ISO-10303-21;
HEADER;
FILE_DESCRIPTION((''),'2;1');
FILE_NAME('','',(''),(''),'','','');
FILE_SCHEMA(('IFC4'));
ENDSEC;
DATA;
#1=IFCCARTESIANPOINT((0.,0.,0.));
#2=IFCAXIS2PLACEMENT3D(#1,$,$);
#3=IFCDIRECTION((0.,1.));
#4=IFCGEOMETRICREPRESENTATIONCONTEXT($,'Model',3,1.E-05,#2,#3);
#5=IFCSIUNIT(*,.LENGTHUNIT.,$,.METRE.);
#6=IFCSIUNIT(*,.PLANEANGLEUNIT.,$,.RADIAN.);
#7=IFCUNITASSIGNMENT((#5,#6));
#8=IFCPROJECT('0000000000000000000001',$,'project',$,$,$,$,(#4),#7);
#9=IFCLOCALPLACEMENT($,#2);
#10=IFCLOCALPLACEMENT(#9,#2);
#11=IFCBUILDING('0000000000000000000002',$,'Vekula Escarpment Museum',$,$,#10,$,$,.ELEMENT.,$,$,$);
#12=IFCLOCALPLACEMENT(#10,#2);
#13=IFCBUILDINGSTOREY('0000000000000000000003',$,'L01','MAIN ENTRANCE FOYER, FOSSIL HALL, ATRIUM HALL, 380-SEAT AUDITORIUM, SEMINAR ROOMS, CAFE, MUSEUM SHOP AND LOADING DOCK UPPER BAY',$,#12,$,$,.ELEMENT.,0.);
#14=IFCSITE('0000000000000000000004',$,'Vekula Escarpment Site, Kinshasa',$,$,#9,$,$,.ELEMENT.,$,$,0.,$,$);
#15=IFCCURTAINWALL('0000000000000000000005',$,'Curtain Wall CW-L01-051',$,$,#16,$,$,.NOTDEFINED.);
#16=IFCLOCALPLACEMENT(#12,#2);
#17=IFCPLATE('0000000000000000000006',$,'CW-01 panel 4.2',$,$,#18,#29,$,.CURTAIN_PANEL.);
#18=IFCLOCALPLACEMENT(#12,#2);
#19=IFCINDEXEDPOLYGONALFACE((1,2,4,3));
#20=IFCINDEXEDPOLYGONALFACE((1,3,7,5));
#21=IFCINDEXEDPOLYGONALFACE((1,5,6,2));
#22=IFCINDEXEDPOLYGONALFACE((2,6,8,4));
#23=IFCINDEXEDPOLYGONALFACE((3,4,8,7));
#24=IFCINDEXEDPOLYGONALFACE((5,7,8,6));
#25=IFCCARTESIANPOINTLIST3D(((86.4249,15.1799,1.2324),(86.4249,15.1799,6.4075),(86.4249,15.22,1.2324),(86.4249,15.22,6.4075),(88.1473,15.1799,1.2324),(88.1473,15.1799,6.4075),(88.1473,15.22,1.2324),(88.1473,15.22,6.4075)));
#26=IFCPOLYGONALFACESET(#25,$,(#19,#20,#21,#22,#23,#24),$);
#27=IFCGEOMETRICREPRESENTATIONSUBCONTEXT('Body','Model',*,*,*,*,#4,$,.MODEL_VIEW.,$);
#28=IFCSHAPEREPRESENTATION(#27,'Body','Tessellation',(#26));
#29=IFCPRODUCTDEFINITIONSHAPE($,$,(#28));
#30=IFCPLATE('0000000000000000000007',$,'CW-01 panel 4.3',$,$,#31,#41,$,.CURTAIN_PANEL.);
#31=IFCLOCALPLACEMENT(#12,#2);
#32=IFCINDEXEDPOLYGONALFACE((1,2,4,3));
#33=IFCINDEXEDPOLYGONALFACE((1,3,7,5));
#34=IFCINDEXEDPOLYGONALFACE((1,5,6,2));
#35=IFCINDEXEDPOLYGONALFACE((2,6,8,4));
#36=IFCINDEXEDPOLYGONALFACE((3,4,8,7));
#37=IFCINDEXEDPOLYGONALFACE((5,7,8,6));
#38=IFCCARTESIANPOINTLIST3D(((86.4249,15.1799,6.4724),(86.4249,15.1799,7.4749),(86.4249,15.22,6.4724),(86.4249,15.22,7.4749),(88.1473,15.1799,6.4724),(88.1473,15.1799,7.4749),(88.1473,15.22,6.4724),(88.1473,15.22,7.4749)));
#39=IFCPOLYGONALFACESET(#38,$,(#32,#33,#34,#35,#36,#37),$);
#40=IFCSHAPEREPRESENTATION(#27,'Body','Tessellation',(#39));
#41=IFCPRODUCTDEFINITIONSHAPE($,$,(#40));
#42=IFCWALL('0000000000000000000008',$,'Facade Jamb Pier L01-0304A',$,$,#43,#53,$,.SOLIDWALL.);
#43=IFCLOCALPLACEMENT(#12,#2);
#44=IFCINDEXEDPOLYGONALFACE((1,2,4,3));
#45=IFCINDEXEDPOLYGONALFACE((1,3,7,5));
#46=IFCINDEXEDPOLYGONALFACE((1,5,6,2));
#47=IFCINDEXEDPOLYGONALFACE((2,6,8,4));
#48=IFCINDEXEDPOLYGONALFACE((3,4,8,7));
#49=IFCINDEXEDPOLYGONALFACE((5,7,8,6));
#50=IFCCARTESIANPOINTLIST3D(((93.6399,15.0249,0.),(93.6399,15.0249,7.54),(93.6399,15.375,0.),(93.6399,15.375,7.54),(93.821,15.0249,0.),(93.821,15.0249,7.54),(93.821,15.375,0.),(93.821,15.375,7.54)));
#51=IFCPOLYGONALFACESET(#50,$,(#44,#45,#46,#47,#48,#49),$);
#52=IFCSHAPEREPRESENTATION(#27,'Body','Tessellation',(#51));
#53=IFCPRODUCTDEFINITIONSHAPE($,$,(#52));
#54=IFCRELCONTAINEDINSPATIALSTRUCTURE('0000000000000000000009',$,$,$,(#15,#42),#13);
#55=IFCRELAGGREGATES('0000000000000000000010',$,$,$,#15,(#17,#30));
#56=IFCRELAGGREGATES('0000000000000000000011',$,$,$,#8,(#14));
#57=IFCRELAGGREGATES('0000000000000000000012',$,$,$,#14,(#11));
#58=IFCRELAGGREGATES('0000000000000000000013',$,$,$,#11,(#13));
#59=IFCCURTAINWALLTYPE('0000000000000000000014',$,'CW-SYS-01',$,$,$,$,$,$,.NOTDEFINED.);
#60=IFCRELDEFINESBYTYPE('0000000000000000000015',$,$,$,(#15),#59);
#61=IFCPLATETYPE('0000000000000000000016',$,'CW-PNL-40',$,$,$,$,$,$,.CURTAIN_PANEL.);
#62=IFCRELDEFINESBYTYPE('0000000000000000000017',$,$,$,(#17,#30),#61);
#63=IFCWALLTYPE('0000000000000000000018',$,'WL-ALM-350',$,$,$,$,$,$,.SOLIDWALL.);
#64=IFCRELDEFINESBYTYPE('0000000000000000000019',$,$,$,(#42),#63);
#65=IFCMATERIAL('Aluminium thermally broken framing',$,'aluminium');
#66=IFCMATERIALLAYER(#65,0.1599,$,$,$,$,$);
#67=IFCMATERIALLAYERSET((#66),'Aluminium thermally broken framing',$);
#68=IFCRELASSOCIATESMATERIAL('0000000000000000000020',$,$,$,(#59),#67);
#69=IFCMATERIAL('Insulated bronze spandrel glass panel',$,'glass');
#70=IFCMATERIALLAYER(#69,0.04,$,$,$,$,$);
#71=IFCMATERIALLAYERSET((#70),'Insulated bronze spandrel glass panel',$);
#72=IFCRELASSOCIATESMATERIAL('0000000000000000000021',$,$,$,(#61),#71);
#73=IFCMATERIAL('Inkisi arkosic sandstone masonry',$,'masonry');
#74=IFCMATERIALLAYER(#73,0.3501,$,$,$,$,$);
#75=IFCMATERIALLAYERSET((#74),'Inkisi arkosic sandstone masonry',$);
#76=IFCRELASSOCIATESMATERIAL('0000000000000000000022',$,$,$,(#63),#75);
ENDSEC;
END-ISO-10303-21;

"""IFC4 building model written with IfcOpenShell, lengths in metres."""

from ifc_helpers import new_model, si_unit, direction, frame, frame_2d, origin, origin_2d, place, context, subcontext, project, spatial, rectangle, extrude, material, layer, layer_set, type_object, element, aggregate, save


model = new_model("IFC4")

# Units and contexts
model_context = context("Model", 3, precision=1e-05, world=origin(), true_north=direction((0.0, 1.0)))
body_context = subcontext(model_context, "Body", "Model", "MODEL_VIEW")
ifc_project = project(units=[si_unit("LENGTHUNIT", "METRE"), si_unit("PLANEANGLEUNIT", "RADIAN")], contexts=[model_context])

# Site, building, storey
site_placement = place(None, origin())
site = spatial("IfcSite", under=ifc_project, at=site_placement, Name="Vekula Escarpment Site, Kinshasa", CompositionType="ELEMENT", RefElevation=0.0)
building_placement = place(site_placement, origin())
building = spatial("IfcBuilding", under=site, at=building_placement, Name="Vekula Escarpment Museum", CompositionType="ELEMENT")
storey_placement = place(building_placement, origin())
storey = spatial("IfcBuildingStorey", under=building, at=storey_placement, Name="L01", Description="MAIN ENTRANCE FOYER, FOSSIL HALL, ATRIUM HALL, 380-SEAT AUDITORIUM, SEMINAR ROOMS, CAFE, MUSEUM SHOP AND LOADING DOCK UPPER BAY", CompositionType="ELEMENT", Elevation=0.0)

# Curtain wall, plates
ifc_material_1 = material(Name="Aluminium thermally broken framing", Category="aluminium")
ifc_layer_1 = layer(ifc_material_1, 0.1599)
ifc_layer_set_1 = layer_set([ifc_layer_1], Name="Aluminium thermally broken framing")
curtain_wall_type = type_object("IfcCurtainWallType", Name="CW-SYS-01", PredefinedType="NOTDEFINED", material=ifc_layer_set_1)
curtain_wall_placement = place(storey_placement, origin())
curtain_wall = element("IfcCurtainWall", 1, at=curtain_wall_placement, inside=storey, type_object=curtain_wall_type, Name="Curtain Wall CW-L01-051", PredefinedType="NOTDEFINED")
ifc_material_2 = material(Name="Insulated bronze spandrel glass panel", Category="glass")
ifc_layer_2 = layer(ifc_material_2, 0.04)
ifc_layer_set_2 = layer_set([ifc_layer_2], Name="Insulated bronze spandrel glass panel")
plate_type = type_object("IfcPlateType", Name="CW-PNL-40", PredefinedType="CURTAIN_PANEL", material=ifc_layer_set_2)
plate_1_placement = place(storey_placement, frame((87.2861, 15.2, 1.2324), z_axis=(0.0, 0.0, 1.0), x_axis=(-1.0, 0.0, 0.0)))
plate_1 = element("IfcPlate", 2, at=plate_1_placement, type_object=plate_type, Name="CW-01 panel 4.2", PredefinedType="CURTAIN_PANEL", context=body_context, shape_type="SweptSolid", body=[
    extrude(rectangle(XDim=1.7224, YDim=0.04, at=origin_2d()), origin(), (0.0, 0.0, 1.0), 5.175),
])
plate_2_placement = place(storey_placement, frame((87.2861, 15.2, 6.4724), z_axis=(0.0, 0.0, 1.0), x_axis=(-1.0, 0.0, 0.0)))
plate_2 = element("IfcPlate", 3, at=plate_2_placement, type_object=plate_type, Name="CW-01 panel 4.3", PredefinedType="CURTAIN_PANEL", context=body_context, shape_type="SweptSolid", body=[
    extrude(rectangle(XDim=1.7224, YDim=0.04, at=origin_2d()), origin(), (0.0, 0.0, 1.0), 1.0024),
])
aggregate(curtain_wall, [plate_1, plate_2])

# Wall
ifc_material_3 = material(Name="Inkisi arkosic sandstone masonry", Category="masonry")
ifc_layer_3 = layer(ifc_material_3, 0.3501)
ifc_layer_set_3 = layer_set([ifc_layer_3], Name="Inkisi arkosic sandstone masonry")
wall_type = type_object("IfcWallType", Name="WL-ALM-350", PredefinedType="SOLIDWALL", material=ifc_layer_set_3)
wall_placement = place(storey_placement, frame((93.821, 15.2, 0.0), z_axis=(0.0, 0.0, 1.0), x_axis=(-1.0, 0.0, 0.0)))
element("IfcWall", 4, at=wall_placement, inside=storey, type_object=wall_type, Name="Facade Jamb Pier L01-0304A", PredefinedType="SOLIDWALL", context=body_context, shape_type="SweptSolid", body=[
    extrude(rectangle(XDim=0.1812, YDim=0.3501, at=frame_2d((0.0906, 0.0))), origin(), (0.0, 0.0, 1.0), 7.54),
])

save(model, "model.ifc")
